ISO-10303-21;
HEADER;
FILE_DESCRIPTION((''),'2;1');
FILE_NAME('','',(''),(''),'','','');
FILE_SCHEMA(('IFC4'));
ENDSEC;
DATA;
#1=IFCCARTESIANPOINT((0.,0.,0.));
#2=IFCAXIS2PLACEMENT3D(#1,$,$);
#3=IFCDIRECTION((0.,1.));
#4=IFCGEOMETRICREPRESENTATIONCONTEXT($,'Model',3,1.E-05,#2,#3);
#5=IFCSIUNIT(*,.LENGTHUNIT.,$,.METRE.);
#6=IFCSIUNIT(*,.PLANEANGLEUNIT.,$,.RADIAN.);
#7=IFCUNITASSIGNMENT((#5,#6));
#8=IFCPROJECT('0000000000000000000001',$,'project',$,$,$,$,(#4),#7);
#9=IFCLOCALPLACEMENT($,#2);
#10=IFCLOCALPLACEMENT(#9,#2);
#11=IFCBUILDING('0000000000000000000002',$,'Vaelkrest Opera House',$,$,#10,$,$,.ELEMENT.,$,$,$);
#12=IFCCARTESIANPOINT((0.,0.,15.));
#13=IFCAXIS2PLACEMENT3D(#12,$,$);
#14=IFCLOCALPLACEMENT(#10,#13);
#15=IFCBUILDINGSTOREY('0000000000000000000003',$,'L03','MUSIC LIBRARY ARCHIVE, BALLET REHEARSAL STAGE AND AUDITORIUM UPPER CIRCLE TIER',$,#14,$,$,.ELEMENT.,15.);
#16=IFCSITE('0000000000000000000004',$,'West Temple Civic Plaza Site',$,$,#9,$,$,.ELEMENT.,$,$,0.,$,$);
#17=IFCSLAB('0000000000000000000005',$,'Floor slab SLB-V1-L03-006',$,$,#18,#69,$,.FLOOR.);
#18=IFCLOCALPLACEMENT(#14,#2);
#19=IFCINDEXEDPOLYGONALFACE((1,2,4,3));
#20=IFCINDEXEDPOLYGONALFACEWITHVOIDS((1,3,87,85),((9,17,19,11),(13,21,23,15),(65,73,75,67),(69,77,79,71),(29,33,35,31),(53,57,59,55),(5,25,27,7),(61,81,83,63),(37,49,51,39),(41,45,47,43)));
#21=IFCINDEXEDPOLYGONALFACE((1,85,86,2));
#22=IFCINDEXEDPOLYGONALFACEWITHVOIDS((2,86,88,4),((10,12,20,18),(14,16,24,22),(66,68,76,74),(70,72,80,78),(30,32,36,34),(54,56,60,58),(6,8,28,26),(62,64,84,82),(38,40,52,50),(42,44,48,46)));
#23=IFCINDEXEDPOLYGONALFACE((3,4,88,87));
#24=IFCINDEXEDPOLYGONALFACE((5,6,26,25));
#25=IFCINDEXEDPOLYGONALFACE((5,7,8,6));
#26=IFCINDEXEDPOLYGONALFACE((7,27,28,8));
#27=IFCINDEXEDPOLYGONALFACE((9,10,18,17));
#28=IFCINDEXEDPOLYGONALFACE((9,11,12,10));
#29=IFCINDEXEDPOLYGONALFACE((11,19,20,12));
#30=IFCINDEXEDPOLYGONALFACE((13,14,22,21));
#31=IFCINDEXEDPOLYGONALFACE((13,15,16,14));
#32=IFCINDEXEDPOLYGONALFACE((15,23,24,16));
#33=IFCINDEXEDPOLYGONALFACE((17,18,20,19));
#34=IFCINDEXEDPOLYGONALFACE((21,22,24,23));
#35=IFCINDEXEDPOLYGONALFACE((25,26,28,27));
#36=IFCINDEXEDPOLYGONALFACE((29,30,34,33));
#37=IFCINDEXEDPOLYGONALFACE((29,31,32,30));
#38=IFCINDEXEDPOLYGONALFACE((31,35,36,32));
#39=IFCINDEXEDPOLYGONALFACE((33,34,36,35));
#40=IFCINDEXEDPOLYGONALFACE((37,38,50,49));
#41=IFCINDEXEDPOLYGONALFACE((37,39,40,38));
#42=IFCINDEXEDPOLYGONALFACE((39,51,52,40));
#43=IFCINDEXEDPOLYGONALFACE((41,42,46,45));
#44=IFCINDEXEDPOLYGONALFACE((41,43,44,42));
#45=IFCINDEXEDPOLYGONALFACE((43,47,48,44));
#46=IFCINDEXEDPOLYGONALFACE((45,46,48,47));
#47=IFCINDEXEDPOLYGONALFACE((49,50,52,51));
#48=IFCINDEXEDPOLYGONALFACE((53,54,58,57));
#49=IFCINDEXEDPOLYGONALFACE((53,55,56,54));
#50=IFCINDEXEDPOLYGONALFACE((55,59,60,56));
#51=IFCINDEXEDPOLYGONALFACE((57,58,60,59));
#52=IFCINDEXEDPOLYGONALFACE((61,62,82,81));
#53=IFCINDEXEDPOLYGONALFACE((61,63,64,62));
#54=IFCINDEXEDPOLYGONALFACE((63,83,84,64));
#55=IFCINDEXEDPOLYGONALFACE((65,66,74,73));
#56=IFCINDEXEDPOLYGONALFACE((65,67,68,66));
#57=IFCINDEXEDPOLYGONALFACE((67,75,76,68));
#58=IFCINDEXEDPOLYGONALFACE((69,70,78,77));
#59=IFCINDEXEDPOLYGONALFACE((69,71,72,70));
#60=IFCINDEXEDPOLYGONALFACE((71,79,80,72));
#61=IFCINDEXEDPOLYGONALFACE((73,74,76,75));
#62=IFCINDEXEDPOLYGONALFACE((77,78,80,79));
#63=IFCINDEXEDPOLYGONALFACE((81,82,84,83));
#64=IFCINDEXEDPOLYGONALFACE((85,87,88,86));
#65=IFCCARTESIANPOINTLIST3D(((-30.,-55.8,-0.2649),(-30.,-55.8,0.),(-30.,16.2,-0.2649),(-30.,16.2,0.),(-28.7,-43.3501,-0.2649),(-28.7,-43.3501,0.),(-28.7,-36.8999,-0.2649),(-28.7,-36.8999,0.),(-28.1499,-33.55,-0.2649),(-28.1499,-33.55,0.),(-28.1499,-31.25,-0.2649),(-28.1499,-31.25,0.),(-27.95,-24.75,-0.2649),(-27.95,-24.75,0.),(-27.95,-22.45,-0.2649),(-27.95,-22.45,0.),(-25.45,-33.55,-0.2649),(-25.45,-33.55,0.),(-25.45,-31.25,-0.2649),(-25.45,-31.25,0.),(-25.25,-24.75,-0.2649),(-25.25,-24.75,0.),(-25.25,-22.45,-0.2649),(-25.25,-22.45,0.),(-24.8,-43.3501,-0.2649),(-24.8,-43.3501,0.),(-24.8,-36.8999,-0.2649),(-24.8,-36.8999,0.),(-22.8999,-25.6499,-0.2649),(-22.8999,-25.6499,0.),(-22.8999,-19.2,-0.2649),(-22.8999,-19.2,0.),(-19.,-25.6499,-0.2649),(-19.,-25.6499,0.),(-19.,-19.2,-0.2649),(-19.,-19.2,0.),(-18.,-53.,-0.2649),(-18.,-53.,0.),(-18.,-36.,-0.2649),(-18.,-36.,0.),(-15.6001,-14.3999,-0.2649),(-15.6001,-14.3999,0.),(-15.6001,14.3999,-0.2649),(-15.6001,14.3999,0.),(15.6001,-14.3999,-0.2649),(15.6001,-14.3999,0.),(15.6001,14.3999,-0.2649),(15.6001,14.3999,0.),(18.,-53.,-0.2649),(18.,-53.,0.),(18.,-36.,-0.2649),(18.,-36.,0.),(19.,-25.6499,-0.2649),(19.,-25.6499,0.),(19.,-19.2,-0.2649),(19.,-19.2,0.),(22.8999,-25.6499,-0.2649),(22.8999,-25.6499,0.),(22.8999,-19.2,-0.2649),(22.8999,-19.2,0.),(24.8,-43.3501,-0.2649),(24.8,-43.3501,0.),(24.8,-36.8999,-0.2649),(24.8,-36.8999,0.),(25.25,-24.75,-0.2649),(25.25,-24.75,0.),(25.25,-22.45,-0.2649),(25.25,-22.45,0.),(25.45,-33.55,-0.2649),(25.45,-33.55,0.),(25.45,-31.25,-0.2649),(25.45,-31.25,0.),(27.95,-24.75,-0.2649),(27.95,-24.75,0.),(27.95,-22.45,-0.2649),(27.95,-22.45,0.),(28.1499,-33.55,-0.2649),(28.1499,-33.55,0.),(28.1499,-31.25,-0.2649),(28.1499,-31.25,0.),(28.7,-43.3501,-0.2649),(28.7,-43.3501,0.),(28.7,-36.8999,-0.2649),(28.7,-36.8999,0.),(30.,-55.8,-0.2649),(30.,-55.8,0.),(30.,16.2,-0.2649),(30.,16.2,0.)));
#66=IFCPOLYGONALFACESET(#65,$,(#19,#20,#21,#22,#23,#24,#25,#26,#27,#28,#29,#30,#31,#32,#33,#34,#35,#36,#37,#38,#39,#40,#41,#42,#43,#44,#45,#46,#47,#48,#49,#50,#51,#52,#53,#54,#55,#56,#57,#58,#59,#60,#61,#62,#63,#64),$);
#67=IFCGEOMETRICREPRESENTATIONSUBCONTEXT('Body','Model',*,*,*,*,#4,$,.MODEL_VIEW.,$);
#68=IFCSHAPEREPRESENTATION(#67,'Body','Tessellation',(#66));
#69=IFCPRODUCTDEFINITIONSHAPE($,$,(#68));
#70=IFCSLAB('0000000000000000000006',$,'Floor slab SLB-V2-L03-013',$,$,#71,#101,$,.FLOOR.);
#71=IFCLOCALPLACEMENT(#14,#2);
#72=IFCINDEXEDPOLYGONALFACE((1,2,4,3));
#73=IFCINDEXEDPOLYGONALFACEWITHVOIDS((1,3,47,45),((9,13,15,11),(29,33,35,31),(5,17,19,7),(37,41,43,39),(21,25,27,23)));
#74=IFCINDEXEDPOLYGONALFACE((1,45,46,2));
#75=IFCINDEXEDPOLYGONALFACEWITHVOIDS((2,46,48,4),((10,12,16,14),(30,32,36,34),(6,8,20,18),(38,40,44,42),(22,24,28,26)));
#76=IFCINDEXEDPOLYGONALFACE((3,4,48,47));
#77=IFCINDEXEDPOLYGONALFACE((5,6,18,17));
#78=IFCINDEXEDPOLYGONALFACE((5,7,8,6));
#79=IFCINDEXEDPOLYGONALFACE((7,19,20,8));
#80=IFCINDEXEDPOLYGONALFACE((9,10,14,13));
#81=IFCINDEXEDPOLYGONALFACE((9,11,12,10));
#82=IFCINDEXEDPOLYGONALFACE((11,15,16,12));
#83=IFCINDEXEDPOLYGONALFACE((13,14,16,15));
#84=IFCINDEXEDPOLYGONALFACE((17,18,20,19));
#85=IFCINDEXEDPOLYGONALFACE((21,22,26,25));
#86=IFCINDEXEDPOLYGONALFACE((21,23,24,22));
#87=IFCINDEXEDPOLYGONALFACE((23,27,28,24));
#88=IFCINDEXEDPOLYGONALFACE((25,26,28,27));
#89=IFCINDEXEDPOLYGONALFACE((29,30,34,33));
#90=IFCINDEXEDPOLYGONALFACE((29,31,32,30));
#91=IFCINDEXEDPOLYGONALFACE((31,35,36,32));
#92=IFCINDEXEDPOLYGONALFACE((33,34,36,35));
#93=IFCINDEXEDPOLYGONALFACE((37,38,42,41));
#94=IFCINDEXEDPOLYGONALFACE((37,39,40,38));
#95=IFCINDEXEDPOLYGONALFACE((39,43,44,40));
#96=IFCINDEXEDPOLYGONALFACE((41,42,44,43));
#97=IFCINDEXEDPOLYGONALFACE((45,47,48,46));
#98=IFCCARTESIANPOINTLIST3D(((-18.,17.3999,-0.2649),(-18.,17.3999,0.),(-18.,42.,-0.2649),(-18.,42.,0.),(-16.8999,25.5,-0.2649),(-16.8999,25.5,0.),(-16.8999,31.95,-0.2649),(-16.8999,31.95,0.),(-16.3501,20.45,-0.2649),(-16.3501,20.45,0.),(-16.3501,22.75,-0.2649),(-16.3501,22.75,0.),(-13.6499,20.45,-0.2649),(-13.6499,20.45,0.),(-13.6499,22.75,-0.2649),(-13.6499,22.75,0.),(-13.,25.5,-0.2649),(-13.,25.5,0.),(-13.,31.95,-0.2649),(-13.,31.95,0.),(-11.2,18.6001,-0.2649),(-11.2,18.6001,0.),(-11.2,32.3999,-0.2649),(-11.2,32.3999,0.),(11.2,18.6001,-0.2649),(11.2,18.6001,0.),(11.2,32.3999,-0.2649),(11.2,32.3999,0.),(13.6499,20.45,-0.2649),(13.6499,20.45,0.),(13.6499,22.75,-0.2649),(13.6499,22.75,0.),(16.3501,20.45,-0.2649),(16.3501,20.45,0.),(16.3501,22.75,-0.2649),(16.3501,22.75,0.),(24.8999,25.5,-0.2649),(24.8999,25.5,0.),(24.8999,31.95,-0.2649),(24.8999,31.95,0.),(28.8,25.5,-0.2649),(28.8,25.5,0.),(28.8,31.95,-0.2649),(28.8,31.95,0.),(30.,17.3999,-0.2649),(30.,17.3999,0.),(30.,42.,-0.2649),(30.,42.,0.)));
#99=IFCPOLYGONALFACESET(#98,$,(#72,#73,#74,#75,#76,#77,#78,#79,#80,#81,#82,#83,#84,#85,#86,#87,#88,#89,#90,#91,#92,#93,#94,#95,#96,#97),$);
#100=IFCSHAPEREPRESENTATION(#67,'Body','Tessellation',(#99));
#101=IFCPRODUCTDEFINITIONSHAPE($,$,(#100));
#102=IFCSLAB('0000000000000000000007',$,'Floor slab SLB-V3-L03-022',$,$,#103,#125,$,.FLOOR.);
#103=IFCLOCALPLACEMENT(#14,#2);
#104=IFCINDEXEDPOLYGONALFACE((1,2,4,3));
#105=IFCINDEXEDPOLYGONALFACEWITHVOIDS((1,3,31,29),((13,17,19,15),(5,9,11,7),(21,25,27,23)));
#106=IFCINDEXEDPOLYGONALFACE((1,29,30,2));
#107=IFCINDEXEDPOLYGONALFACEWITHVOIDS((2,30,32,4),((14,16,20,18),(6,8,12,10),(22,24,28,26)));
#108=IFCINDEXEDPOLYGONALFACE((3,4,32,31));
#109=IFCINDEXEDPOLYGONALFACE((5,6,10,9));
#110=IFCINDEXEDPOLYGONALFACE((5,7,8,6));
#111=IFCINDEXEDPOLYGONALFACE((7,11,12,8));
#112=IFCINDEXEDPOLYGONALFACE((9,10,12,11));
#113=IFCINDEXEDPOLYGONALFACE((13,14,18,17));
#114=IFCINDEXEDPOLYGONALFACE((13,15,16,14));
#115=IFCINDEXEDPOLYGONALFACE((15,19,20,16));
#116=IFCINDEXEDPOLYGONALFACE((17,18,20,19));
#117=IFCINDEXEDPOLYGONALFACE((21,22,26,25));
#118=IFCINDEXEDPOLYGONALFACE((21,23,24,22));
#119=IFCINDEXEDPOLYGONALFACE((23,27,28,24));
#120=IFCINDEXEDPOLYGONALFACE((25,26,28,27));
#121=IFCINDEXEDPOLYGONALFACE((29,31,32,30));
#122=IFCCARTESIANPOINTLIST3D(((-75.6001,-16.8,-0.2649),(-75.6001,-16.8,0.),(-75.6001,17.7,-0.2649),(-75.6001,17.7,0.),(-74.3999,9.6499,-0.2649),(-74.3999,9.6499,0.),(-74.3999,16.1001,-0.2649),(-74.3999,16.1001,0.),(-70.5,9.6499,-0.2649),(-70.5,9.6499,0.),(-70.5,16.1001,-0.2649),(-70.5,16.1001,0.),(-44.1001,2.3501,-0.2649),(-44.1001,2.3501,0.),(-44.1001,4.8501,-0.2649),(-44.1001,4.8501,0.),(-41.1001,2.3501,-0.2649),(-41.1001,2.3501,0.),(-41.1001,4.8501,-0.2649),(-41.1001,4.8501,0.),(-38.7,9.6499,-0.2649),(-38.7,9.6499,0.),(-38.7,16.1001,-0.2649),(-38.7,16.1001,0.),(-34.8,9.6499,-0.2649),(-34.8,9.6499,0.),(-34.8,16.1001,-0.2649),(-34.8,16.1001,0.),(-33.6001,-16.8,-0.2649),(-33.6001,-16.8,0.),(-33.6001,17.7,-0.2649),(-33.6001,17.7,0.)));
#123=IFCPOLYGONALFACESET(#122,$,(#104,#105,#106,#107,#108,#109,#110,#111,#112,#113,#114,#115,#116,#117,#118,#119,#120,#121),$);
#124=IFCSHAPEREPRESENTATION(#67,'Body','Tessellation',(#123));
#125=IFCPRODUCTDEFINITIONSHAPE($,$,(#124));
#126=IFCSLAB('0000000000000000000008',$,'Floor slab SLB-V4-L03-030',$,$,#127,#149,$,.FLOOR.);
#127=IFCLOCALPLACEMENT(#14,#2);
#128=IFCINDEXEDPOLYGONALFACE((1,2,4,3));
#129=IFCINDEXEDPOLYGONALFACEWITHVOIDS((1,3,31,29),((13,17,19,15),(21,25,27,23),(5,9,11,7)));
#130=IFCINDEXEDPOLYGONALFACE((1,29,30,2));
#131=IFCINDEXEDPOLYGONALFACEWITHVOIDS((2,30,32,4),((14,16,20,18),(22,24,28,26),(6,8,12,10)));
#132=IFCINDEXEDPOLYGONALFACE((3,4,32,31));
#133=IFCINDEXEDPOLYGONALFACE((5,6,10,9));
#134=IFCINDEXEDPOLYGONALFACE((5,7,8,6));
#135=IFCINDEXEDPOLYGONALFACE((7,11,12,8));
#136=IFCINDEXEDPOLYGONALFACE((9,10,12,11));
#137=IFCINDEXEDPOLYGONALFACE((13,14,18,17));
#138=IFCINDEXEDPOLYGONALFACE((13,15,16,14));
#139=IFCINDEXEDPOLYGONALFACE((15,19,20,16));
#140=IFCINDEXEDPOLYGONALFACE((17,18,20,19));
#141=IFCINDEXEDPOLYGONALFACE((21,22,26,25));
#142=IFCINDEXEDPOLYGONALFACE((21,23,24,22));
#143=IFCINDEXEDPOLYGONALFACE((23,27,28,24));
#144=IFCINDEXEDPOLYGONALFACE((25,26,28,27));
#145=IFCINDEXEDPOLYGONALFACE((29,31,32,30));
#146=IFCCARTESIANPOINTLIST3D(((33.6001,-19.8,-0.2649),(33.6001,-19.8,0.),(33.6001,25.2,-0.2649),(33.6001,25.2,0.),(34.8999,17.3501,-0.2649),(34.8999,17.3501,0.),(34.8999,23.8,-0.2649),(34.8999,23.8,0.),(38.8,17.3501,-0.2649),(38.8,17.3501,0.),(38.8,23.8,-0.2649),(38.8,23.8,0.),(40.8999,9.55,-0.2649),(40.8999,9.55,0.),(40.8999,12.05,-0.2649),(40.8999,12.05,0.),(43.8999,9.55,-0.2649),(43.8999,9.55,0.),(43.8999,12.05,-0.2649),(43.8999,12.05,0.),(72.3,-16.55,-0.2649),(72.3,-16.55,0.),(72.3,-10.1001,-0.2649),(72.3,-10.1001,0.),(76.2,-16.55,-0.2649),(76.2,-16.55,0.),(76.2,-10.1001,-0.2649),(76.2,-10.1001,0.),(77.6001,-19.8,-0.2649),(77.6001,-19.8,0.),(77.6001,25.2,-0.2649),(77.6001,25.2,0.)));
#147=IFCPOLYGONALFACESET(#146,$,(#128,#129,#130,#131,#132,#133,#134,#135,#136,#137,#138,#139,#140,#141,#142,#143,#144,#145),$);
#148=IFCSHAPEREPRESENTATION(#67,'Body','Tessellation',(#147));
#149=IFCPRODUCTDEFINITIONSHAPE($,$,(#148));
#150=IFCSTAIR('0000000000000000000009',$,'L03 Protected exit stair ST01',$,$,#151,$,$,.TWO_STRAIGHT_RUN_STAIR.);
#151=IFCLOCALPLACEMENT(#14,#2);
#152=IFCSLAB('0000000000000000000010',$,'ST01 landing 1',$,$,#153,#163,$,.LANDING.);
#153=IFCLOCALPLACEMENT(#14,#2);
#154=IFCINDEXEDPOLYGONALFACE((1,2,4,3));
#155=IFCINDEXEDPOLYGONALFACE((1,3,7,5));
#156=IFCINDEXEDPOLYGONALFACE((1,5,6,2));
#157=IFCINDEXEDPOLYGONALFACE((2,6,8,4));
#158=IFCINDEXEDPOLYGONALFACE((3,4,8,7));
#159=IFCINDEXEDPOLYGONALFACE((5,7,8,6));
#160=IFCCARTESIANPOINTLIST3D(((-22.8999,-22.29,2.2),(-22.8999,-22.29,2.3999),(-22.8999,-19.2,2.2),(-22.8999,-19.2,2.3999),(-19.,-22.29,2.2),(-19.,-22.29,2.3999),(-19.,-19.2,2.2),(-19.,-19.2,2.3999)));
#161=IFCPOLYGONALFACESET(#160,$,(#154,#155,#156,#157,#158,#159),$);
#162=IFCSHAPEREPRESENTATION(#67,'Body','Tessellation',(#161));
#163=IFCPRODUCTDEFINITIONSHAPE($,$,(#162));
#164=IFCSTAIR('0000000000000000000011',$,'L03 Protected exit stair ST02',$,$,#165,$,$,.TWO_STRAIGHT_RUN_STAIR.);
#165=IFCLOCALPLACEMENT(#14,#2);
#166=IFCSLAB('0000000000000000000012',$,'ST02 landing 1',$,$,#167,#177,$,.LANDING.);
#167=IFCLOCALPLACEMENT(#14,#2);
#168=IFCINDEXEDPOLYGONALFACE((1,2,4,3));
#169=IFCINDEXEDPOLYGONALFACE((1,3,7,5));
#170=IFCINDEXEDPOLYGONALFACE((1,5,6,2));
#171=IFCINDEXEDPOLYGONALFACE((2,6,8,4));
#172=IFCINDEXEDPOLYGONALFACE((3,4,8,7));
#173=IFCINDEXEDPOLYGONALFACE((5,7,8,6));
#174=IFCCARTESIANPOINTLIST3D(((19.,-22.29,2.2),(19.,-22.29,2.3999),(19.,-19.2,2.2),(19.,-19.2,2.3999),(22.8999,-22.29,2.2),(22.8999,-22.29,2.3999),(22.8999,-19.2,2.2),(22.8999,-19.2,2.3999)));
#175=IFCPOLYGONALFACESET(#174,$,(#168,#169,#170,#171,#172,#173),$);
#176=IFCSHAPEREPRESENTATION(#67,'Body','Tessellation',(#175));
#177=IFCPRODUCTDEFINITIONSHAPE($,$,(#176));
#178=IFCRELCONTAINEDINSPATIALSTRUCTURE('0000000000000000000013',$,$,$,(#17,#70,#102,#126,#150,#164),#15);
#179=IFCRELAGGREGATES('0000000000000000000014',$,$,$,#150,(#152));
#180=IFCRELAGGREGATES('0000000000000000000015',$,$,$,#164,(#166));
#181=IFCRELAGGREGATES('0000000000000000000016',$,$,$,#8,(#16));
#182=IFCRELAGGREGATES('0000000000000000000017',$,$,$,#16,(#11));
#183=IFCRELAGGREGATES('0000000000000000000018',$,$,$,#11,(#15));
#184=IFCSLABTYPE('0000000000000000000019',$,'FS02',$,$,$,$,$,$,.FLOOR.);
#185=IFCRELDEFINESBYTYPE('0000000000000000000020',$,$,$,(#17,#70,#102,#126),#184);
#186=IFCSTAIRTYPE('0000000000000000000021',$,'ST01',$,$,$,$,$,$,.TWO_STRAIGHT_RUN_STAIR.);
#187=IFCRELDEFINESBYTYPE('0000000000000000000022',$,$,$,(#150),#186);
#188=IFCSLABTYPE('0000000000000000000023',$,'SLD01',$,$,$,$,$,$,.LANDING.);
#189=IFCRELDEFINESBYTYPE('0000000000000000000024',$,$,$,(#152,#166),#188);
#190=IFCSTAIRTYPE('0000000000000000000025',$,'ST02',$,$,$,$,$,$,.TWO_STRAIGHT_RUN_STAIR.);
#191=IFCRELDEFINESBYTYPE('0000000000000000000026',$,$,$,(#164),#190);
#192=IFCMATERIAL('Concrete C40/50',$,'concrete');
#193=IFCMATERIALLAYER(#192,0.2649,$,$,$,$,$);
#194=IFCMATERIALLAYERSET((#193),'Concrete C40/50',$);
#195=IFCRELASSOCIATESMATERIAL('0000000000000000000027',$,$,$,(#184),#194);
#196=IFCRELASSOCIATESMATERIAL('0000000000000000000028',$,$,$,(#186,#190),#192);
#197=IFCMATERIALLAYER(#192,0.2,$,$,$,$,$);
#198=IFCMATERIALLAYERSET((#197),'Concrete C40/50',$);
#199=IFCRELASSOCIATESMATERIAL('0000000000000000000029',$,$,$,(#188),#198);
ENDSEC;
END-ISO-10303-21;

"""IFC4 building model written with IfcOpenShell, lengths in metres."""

from ifc_helpers import new_model, si_unit, direction, frame, origin, place, context, subcontext, project, spatial, polyline, outline, extrude, material, layer, layer_set, type_object, element, aggregate, save


model = new_model("IFC4")

# Units and contexts
model_context = context("Model", 3, precision=1e-05, world=origin(), true_north=direction((0.0, 1.0)))
body_context = subcontext(model_context, "Body", "Model", "MODEL_VIEW")
ifc_project = project(units=[si_unit("LENGTHUNIT", "METRE"), si_unit("PLANEANGLEUNIT", "RADIAN")], contexts=[model_context])

# Site, building, storey
site_placement = place(None, origin())
site = spatial("IfcSite", under=ifc_project, at=site_placement, Name="West Temple Civic Plaza Site", CompositionType="ELEMENT", RefElevation=0.0)
building_placement = place(site_placement, origin())
building = spatial("IfcBuilding", under=site, at=building_placement, Name="Vaelkrest Opera House", CompositionType="ELEMENT")
storey_placement = place(building_placement, frame((0.0, 0.0, 15.0)))
storey = spatial("IfcBuildingStorey", under=building, at=storey_placement, Name="L03", Description="MUSIC LIBRARY ARCHIVE, BALLET REHEARSAL STAGE AND AUDITORIUM UPPER CIRCLE TIER", CompositionType="ELEMENT", Elevation=15.0)

# Slabs
ifc_material_1 = material(Name="Concrete C40/50", Category="concrete")
ifc_layer_1 = layer(ifc_material_1, 0.2649)
ifc_layer_set_1 = layer_set([ifc_layer_1], Name="Concrete C40/50")
slab_type_1 = type_object("IfcSlabType", Name="FS02", PredefinedType="FLOOR", material=ifc_layer_set_1)
slab_1_placement = place(storey_placement, frame((0.0, 0.0, -0.2649)))
element("IfcSlab", 1, at=slab_1_placement, inside=storey, type_object=slab_type_1, Name="Floor slab SLB-V1-L03-006", PredefinedType="FLOOR", context=body_context, shape_type="SweptSolid", body=[
    extrude(outline(polyline([(-30.0, -55.8), (30.0, -55.8), (30.0, 16.2), (-30.0, 16.2), (-30.0, -55.8)]), holes=[polyline([(-15.6001, -14.3999), (15.6001, -14.3999), (15.6001, 14.3999), (-15.6001, 14.3999), (-15.6001, -14.3999)]), polyline([(-18.0, -53.0), (18.0, -53.0), (18.0, -36.0), (-18.0, -36.0), (-18.0, -53.0)]), polyline([(-19.0, -25.6499), (-19.0, -19.2), (-22.8999, -19.2), (-22.8999, -25.6499), (-19.0, -25.6499)]), polyline([(22.8999, -25.6499), (22.8999, -19.2), (19.0, -19.2), (19.0, -25.6499), (22.8999, -25.6499)]), polyline([(-24.8, -43.3501), (-24.8, -36.8999), (-28.7, -36.8999), (-28.7, -43.3501), (-24.8, -43.3501)]), polyline([(28.7, -43.3501), (28.7, -36.8999), (24.8, -36.8999), (24.8, -43.3501), (28.7, -43.3501)]), polyline([(-27.95, -24.75), (-25.25, -24.75), (-25.25, -22.45), (-27.95, -22.45), (-27.95, -24.75)]), polyline([(25.25, -24.75), (27.95, -24.75), (27.95, -22.45), (25.25, -22.45), (25.25, -24.75)]), polyline([(-28.1499, -33.55), (-25.45, -33.55), (-25.45, -31.25), (-28.1499, -31.25), (-28.1499, -33.55)]), polyline([(25.45, -33.55), (28.1499, -33.55), (28.1499, -31.25), (25.45, -31.25), (25.45, -33.55)])]), origin(), (0.0, 0.0, 1.0), 0.2649),
])
slab_2_placement = place(storey_placement, frame((0.0, 0.0, -0.2649)))
element("IfcSlab", 2, at=slab_2_placement, inside=storey, type_object=slab_type_1, Name="Floor slab SLB-V2-L03-013", PredefinedType="FLOOR", context=body_context, shape_type="SweptSolid", body=[
    extrude(outline(polyline([(-18.0, 17.3999), (30.0, 17.3999), (30.0, 42.0), (-18.0, 42.0), (-18.0, 17.3999)]), holes=[polyline([(-11.2, 18.6001), (11.2, 18.6001), (11.2, 32.3999), (-11.2, 32.3999), (-11.2, 18.6001)]), polyline([(-16.8999, 31.95), (-16.8999, 25.5), (-13.0, 25.5), (-13.0, 31.95), (-16.8999, 31.95)]), polyline([(24.8999, 31.95), (24.8999, 25.5), (28.8, 25.5), (28.8, 31.95), (24.8999, 31.95)]), polyline([(-16.3501, 20.45), (-13.6499, 20.45), (-13.6499, 22.75), (-16.3501, 22.75), (-16.3501, 20.45)]), polyline([(13.6499, 20.45), (16.3501, 20.45), (16.3501, 22.75), (13.6499, 22.75), (13.6499, 20.45)])]), origin(), (0.0, 0.0, 1.0), 0.2649),
])
slab_3_placement = place(storey_placement, frame((0.0, 0.0, -0.2649)))
element("IfcSlab", 3, at=slab_3_placement, inside=storey, type_object=slab_type_1, Name="Floor slab SLB-V3-L03-022", PredefinedType="FLOOR", context=body_context, shape_type="SweptSolid", body=[
    extrude(outline(polyline([(-75.6001, -16.8), (-33.6001, -16.8), (-33.6001, 17.7), (-75.6001, 17.7), (-75.6001, -16.8)]), holes=[polyline([(-70.5, 9.6499), (-70.5, 16.1001), (-74.3999, 16.1001), (-74.3999, 9.6499), (-70.5, 9.6499)]), polyline([(-34.8, 9.6499), (-34.8, 16.1001), (-38.7, 16.1001), (-38.7, 9.6499), (-34.8, 9.6499)]), polyline([(-44.1001, 2.3501), (-41.1001, 2.3501), (-41.1001, 4.8501), (-44.1001, 4.8501), (-44.1001, 2.3501)])]), origin(), (0.0, 0.0, 1.0), 0.2649),
])
slab_4_placement = place(storey_placement, frame((0.0, 0.0, -0.2649)))
element("IfcSlab", 4, at=slab_4_placement, inside=storey, type_object=slab_type_1, Name="Floor slab SLB-V4-L03-030", PredefinedType="FLOOR", context=body_context, shape_type="SweptSolid", body=[
    extrude(outline(polyline([(33.6001, -19.8), (77.6001, -19.8), (77.6001, 25.2), (33.6001, 25.2), (33.6001, -19.8)]), holes=[polyline([(38.8, 17.3501), (38.8, 23.8), (34.8999, 23.8), (34.8999, 17.3501), (38.8, 17.3501)]), polyline([(76.2, -16.55), (76.2, -10.1001), (72.3, -10.1001), (72.3, -16.55), (76.2, -16.55)]), polyline([(40.8999, 9.55), (43.8999, 9.55), (43.8999, 12.05), (40.8999, 12.05), (40.8999, 9.55)])]), origin(), (0.0, 0.0, 1.0), 0.2649),
])

# Stairs, slabs
stair_type_1 = type_object("IfcStairType", Name="ST01", PredefinedType="TWO_STRAIGHT_RUN_STAIR", material=ifc_material_1)
stair_1_placement = place(storey_placement, origin())
stair_1 = element("IfcStair", 5, at=stair_1_placement, inside=storey, type_object=stair_type_1, Name="L03 Protected exit stair ST01", PredefinedType="TWO_STRAIGHT_RUN_STAIR")
ifc_layer_2 = layer(ifc_material_1, 0.2)
ifc_layer_set_2 = layer_set([ifc_layer_2], Name="Concrete C40/50")
slab_type_2 = type_object("IfcSlabType", Name="SLD01", PredefinedType="LANDING", material=ifc_layer_set_2)
slab_5_placement = place(storey_placement, frame((0.0, 0.0, 2.2)))
slab_5 = element("IfcSlab", 6, at=slab_5_placement, type_object=slab_type_2, Name="ST01 landing 1", PredefinedType="LANDING", context=body_context, shape_type="SweptSolid", body=[
    extrude(outline(polyline([(-19.0, -22.29), (-19.0, -19.2), (-22.8999, -19.2), (-22.8999, -22.29), (-19.0, -22.29)])), origin(), (0.0, 0.0, 1.0), 0.2),
])
aggregate(stair_1, [slab_5])
stair_type_2 = type_object("IfcStairType", Name="ST02", PredefinedType="TWO_STRAIGHT_RUN_STAIR", material=ifc_material_1)
stair_2_placement = place(storey_placement, origin())
stair_2 = element("IfcStair", 7, at=stair_2_placement, inside=storey, type_object=stair_type_2, Name="L03 Protected exit stair ST02", PredefinedType="TWO_STRAIGHT_RUN_STAIR")
slab_6_placement = place(storey_placement, frame((0.0, 0.0, 2.2)))
slab_6 = element("IfcSlab", 8, at=slab_6_placement, type_object=slab_type_2, Name="ST02 landing 1", PredefinedType="LANDING", context=body_context, shape_type="SweptSolid", body=[
    extrude(outline(polyline([(22.8999, -22.29), (22.8999, -19.2), (19.0, -19.2), (19.0, -22.29), (22.8999, -22.29)])), origin(), (0.0, 0.0, 1.0), 0.2),
])
aggregate(stair_2, [slab_6])

save(model, "model.ifc")
